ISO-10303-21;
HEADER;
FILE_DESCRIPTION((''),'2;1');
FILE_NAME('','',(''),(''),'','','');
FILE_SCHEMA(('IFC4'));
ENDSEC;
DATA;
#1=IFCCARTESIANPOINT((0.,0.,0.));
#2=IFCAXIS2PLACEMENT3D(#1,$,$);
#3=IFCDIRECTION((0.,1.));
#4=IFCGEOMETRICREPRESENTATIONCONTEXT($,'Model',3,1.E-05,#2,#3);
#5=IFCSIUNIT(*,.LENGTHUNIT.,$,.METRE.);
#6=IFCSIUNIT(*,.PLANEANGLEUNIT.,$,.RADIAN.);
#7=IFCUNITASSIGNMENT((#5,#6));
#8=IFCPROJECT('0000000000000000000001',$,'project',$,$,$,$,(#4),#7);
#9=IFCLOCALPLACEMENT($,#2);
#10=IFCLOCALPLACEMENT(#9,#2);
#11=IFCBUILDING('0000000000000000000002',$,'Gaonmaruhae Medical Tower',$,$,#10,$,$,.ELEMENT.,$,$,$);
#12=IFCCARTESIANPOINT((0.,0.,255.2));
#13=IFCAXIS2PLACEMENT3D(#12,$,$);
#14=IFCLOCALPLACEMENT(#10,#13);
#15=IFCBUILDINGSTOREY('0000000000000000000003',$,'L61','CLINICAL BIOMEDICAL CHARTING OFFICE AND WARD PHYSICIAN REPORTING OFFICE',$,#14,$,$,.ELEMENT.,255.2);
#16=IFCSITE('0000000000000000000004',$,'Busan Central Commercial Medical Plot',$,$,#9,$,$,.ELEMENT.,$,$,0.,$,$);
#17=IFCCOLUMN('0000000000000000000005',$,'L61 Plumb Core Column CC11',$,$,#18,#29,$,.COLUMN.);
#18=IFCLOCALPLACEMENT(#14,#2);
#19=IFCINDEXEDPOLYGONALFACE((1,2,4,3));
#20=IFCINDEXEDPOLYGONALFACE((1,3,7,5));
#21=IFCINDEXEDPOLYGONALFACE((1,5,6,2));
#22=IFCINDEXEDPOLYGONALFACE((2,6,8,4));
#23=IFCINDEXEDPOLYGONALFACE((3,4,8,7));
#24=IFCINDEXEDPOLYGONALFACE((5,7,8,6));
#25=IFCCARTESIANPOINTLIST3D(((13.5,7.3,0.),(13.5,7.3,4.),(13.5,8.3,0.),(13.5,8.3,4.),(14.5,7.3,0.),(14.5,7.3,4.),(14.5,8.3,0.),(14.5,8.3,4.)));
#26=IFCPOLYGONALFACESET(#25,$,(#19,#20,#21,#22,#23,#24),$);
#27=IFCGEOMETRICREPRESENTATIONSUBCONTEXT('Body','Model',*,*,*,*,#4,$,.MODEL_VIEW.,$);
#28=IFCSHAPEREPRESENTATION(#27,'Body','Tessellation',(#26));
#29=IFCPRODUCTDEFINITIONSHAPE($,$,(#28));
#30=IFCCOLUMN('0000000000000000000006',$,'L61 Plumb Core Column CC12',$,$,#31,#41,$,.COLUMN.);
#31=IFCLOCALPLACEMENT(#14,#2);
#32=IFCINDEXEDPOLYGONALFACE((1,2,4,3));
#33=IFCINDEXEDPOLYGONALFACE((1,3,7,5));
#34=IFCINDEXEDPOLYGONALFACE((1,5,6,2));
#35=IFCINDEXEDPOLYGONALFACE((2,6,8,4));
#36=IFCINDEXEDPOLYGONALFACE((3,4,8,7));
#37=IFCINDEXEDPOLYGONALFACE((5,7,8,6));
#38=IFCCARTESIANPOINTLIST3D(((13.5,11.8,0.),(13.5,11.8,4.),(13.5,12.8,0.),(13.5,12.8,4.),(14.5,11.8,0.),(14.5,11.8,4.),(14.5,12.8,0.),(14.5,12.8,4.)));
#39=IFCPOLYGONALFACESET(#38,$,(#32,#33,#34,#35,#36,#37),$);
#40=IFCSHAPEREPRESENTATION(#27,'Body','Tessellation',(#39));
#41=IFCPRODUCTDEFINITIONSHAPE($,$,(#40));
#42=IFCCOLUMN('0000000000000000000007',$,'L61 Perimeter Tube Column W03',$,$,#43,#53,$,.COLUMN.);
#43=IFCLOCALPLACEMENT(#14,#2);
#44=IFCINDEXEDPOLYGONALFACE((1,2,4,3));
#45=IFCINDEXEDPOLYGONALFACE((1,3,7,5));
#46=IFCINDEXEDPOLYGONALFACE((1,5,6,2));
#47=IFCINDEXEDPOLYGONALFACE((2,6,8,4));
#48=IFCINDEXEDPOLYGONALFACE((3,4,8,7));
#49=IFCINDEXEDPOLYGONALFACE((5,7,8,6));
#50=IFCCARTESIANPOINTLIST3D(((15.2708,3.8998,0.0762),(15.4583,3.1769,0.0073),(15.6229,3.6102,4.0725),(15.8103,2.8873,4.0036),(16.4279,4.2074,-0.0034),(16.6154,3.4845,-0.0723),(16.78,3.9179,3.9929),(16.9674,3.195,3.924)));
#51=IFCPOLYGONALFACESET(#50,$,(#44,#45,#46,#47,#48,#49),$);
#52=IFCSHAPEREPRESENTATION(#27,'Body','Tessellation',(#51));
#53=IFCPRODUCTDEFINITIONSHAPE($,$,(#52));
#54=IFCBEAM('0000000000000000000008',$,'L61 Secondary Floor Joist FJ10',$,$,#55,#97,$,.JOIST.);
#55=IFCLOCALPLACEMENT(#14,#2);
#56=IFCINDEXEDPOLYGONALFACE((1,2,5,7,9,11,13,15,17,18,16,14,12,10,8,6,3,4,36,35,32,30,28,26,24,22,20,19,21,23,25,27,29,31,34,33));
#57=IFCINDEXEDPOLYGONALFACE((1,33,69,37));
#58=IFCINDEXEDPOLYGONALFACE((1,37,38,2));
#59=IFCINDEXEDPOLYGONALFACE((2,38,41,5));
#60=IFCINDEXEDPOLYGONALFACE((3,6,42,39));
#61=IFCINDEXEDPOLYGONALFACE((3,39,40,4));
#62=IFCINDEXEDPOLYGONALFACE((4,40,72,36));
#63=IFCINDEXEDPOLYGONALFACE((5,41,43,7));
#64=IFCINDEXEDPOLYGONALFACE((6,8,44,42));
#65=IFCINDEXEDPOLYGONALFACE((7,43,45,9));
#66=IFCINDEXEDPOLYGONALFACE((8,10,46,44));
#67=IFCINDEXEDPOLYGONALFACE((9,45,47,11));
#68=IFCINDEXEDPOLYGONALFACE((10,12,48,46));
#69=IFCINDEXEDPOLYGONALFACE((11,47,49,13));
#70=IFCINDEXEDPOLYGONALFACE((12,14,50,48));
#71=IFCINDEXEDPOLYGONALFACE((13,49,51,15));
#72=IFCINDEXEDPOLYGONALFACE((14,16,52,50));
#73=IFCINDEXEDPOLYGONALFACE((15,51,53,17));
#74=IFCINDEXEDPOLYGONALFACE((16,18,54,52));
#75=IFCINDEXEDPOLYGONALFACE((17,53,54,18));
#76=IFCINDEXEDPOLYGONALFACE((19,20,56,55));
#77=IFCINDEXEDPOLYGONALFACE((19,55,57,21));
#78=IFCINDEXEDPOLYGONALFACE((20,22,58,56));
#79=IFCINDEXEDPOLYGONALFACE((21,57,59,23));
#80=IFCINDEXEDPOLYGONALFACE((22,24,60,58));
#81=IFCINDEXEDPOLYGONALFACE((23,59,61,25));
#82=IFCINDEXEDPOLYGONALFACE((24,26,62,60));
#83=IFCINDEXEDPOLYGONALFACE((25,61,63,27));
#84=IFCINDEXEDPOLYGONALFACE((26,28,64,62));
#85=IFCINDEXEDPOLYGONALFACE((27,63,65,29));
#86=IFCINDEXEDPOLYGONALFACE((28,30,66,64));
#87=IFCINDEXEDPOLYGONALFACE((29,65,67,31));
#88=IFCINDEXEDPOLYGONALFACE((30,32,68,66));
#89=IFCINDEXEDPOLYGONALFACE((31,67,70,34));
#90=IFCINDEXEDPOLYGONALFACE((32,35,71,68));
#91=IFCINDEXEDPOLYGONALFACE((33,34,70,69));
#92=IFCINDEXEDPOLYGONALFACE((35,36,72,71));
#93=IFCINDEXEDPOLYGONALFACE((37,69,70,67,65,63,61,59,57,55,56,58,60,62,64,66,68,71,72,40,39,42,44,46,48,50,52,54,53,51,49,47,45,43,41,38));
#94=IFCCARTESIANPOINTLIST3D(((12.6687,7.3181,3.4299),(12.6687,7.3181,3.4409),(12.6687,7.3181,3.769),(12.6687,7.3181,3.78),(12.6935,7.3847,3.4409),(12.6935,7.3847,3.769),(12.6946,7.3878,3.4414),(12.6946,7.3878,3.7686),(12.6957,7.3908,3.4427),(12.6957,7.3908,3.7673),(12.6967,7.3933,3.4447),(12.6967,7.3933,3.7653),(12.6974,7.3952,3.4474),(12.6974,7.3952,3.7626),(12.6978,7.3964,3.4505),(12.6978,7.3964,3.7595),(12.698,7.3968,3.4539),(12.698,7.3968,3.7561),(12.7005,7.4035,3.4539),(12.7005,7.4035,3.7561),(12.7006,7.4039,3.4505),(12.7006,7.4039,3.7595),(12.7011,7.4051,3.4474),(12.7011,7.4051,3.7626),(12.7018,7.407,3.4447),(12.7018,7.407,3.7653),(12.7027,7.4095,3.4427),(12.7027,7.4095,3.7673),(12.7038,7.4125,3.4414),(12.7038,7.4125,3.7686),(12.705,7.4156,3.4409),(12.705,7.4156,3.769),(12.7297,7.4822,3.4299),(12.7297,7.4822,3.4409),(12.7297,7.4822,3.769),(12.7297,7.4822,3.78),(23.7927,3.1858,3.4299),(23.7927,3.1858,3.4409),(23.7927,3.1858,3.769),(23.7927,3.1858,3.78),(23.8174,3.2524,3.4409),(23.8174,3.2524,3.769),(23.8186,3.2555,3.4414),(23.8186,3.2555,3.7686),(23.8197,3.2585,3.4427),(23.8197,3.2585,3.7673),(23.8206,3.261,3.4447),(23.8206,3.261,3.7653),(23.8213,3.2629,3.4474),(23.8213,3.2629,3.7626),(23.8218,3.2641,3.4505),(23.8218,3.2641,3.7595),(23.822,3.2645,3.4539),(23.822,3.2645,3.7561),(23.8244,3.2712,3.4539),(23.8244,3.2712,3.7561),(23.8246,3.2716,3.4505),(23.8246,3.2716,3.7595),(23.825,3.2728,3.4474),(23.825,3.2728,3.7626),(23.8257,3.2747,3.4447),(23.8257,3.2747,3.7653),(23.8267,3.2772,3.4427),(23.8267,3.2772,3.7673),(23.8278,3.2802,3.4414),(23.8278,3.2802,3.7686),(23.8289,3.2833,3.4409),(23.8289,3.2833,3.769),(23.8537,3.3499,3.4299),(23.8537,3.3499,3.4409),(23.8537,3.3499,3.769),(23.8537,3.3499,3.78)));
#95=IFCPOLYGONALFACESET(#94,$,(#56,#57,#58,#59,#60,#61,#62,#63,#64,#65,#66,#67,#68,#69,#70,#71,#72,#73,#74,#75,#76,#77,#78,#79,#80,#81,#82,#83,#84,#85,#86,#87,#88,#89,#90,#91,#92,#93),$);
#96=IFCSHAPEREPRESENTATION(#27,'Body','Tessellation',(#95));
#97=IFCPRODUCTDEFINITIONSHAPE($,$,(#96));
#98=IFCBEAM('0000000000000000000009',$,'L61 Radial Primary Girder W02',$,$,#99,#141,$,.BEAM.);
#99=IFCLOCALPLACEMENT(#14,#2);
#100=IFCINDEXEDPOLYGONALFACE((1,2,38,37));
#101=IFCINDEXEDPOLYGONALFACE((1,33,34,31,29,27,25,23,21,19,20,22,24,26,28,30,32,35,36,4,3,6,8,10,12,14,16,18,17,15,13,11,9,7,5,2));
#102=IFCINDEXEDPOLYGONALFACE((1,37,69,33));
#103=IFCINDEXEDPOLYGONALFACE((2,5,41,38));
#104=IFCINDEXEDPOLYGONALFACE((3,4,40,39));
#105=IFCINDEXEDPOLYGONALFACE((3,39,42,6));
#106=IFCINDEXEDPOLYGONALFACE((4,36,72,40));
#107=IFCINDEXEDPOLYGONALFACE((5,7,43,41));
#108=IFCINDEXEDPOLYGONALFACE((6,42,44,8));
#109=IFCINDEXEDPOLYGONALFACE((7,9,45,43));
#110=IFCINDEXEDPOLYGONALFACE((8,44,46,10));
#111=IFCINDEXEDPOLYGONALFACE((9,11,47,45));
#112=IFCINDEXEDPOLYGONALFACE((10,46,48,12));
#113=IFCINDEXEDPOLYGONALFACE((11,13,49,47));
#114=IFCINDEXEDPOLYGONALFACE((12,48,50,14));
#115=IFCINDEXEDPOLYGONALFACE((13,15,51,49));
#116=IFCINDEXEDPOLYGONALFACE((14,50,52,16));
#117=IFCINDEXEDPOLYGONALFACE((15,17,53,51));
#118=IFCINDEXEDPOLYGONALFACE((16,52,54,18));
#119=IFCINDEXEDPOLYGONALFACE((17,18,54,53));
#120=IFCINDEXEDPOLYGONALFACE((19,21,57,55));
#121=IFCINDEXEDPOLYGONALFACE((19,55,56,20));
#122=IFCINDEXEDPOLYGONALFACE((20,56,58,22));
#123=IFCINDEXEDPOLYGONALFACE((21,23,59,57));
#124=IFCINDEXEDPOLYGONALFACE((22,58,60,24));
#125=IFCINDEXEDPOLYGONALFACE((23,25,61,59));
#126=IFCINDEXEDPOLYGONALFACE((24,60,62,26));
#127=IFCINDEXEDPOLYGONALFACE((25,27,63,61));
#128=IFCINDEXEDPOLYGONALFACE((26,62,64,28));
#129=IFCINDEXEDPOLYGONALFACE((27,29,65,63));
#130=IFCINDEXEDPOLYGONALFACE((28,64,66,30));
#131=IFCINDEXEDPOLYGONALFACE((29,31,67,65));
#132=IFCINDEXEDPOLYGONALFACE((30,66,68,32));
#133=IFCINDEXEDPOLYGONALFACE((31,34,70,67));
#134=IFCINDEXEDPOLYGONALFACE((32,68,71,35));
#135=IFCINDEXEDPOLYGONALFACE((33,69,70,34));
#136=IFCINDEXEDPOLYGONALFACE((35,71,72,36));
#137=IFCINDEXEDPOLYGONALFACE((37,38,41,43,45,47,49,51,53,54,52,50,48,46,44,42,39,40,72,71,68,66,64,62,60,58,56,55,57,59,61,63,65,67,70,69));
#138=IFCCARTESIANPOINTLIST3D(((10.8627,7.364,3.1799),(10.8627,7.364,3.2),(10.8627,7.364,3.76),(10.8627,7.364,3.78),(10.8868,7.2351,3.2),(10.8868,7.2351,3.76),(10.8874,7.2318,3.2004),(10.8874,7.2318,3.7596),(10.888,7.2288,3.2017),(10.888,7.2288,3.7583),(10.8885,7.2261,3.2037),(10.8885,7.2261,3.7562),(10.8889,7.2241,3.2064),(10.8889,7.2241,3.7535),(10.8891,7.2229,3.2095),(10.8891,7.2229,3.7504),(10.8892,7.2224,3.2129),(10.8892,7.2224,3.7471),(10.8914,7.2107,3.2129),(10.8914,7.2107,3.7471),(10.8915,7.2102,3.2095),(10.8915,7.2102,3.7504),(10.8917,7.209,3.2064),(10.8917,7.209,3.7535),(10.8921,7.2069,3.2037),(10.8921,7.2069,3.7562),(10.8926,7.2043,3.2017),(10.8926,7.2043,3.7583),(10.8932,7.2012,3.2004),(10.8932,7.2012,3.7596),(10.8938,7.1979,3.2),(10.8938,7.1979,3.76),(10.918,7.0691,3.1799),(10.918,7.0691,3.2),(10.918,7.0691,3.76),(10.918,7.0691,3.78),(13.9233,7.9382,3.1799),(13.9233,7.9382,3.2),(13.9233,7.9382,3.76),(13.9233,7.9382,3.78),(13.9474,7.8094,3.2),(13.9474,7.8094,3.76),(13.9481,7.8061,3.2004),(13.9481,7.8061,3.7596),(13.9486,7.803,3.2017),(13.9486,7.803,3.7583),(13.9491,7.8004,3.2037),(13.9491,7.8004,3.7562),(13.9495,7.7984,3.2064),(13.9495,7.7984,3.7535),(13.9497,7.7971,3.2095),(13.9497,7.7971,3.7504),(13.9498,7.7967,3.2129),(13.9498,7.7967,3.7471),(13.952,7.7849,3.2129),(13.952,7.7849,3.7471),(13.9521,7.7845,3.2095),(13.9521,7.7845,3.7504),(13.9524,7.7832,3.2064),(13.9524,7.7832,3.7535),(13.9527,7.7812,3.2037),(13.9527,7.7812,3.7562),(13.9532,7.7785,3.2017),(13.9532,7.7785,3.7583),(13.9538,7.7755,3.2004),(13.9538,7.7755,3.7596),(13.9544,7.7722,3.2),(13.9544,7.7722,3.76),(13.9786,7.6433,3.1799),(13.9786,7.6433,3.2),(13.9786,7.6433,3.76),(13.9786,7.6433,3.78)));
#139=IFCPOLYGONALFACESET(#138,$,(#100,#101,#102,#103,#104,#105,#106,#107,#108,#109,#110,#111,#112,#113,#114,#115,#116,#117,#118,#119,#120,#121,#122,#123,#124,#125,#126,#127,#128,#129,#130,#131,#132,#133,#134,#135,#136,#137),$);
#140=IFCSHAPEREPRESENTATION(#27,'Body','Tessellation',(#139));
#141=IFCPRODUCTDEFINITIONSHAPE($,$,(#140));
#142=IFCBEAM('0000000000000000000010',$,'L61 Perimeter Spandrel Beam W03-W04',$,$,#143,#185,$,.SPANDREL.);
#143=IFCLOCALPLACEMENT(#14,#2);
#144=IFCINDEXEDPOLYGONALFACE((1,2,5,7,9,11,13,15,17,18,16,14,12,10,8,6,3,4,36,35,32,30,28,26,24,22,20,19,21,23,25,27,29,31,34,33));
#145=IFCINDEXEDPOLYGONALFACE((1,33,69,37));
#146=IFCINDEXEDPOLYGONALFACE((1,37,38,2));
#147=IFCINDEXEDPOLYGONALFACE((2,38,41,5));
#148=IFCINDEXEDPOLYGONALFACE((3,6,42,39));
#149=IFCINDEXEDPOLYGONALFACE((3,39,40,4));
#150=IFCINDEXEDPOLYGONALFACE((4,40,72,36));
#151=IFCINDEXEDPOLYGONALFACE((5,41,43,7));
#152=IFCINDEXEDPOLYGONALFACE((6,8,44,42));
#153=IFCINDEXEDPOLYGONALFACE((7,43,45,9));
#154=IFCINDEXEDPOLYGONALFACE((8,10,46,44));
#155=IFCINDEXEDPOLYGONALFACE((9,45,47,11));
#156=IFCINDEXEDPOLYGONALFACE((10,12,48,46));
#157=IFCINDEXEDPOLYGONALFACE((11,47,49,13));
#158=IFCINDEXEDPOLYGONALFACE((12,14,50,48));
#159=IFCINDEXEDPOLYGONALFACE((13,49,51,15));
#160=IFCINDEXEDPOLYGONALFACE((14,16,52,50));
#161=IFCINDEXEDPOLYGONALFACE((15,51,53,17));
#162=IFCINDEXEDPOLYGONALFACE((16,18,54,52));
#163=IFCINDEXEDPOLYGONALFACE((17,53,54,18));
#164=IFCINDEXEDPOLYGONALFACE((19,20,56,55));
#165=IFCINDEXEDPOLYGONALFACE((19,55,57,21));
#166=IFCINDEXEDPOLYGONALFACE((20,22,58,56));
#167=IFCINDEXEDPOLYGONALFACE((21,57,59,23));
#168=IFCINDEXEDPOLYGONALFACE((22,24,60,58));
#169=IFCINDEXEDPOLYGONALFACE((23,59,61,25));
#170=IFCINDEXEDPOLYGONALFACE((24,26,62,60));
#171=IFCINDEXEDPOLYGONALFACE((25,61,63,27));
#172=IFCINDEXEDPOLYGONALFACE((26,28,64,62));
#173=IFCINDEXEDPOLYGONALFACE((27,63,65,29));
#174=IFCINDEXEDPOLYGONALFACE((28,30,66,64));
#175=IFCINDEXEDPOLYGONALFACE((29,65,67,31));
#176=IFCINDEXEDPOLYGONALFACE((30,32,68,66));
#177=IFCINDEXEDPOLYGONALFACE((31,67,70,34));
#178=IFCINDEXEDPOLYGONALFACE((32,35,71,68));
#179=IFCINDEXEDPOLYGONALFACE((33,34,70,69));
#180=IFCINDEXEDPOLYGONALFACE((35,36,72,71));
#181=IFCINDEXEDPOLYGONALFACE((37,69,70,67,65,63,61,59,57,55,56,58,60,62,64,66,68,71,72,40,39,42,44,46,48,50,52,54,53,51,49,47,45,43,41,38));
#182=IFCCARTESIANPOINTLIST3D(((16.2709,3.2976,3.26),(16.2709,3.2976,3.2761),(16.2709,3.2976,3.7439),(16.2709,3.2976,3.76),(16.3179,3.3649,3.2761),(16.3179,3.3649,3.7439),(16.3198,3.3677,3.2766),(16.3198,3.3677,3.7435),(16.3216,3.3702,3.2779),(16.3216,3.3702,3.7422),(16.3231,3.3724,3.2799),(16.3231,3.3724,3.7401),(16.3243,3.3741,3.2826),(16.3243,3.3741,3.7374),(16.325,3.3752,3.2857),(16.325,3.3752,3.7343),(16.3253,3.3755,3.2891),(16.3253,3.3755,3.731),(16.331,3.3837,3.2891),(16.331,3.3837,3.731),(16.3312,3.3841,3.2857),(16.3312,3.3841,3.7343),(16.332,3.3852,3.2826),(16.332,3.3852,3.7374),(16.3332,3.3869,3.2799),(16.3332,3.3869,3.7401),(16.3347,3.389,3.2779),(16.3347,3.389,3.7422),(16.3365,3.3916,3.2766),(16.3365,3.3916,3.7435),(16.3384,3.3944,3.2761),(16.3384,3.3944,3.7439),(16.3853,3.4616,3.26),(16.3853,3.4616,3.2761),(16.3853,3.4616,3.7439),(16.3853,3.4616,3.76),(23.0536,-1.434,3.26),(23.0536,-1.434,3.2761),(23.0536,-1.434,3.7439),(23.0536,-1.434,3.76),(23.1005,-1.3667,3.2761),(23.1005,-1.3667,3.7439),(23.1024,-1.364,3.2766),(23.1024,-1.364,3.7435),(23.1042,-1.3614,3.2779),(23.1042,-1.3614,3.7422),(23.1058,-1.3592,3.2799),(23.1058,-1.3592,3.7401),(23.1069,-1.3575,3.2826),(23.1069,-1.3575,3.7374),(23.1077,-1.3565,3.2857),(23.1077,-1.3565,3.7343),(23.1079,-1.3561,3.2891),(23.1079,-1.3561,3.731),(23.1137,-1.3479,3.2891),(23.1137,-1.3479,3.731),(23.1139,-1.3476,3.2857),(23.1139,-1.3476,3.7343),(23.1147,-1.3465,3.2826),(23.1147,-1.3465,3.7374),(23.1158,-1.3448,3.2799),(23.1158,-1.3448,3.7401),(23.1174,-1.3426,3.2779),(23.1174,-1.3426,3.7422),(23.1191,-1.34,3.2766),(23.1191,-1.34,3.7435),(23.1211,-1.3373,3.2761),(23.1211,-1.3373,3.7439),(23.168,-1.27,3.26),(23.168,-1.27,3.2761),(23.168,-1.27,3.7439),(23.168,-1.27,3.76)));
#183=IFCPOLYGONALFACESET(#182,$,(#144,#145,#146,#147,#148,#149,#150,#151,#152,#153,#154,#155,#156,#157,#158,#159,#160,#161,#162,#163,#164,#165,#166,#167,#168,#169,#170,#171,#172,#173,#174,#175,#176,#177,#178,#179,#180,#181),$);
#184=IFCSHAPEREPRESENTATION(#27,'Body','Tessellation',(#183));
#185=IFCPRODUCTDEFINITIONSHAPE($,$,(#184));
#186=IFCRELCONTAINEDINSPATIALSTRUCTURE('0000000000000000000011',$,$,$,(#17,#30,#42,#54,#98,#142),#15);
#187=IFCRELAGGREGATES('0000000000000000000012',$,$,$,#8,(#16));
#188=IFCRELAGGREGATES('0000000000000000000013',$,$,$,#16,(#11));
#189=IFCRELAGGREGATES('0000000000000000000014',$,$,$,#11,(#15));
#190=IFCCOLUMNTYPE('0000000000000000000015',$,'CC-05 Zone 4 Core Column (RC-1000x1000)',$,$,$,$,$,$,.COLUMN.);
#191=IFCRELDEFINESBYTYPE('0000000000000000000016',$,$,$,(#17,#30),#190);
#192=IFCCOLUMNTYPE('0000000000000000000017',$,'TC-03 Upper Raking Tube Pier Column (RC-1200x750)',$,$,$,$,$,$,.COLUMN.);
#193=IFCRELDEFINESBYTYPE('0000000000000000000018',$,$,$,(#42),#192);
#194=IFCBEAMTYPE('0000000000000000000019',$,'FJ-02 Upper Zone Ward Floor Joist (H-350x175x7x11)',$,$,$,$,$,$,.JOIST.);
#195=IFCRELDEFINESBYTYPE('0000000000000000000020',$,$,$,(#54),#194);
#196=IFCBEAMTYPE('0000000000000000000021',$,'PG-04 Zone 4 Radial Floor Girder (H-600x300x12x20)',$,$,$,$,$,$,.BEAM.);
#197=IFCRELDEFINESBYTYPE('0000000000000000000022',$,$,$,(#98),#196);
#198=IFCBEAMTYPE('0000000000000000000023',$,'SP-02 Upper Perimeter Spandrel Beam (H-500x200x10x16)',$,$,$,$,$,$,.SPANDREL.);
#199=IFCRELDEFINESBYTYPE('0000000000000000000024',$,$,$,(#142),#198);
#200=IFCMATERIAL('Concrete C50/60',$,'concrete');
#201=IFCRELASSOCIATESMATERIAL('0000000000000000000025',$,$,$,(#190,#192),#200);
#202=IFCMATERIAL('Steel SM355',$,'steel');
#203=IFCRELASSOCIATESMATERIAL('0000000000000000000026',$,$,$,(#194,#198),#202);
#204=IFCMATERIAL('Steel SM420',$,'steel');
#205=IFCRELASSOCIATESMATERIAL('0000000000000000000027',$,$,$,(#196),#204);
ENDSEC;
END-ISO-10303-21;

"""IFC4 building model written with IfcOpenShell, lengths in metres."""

from ifc_helpers import new_model, si_unit, direction, frame, origin, origin_2d, place, context, subcontext, project, spatial, rectangle, i_section, extrude, material, material_profile, profile_set, type_object, element, save


model = new_model("IFC4")

# Units and contexts
model_context = context("Model", 3, precision=1e-05, world=origin(), true_north=direction((0.0, 1.0)))
body_context = subcontext(model_context, "Body", "Model", "MODEL_VIEW")
ifc_project = project(units=[si_unit("LENGTHUNIT", "METRE"), si_unit("PLANEANGLEUNIT", "RADIAN")], contexts=[model_context])

# Site, building, storey
site_placement = place(None, origin())
site = spatial("IfcSite", under=ifc_project, at=site_placement, Name="Busan Central Commercial Medical Plot", CompositionType="ELEMENT", RefElevation=0.0)
building_placement = place(site_placement, origin())
building = spatial("IfcBuilding", under=site, at=building_placement, Name="Gaonmaruhae Medical Tower", CompositionType="ELEMENT")
storey_placement = place(building_placement, frame((0.0, 0.0, 255.2)))
storey = spatial("IfcBuildingStorey", under=building, at=storey_placement, Name="L61", Description="CLINICAL BIOMEDICAL CHARTING OFFICE AND WARD PHYSICIAN REPORTING OFFICE", CompositionType="ELEMENT", Elevation=255.2)

# Columns
ifc_material_1 = material(Name="Concrete C50/60", Category="concrete")
ifc_material_profile_1 = material_profile(ifc_material_1, rectangle(XDim=1.0, YDim=1.0, at=origin_2d()), Name="RC-1000x1000")
ifc_profile_set_1 = profile_set([ifc_material_profile_1], Name="Concrete C50/60")
column_type_1 = type_object("IfcColumnType", Name="CC-05 Zone 4 Core Column (RC-1000x1000)", PredefinedType="COLUMN", material=ifc_profile_set_1)
for number, where, z_axis, x_axis, name in (
    (1, (14.0, 7.8, 0.0), (0.0, 0.0, 1.0), (1.0, 0.0, 0.0), "L61 Plumb Core Column CC11"),
    (2, (14.0, 12.3, 0.0), (0.0, 0.0, 1.0), (1.0, 0.0, 0.0), "L61 Plumb Core Column CC12"),
):
    element("IfcColumn", number, at=place(storey_placement, frame(where, z_axis=z_axis, x_axis=x_axis)), inside=storey, type_object=column_type_1, Name=name, PredefinedType="COLUMN", context=body_context, shape_type="SweptSolid", body=[
        extrude(rectangle(XDim=1.0, YDim=1.0, at=origin_2d()), origin(), (0.0, 0.0, 1.0), 4.0),
    ])
ifc_material_profile_2 = material_profile(ifc_material_1, rectangle(XDim=1.2, YDim=0.75, at=origin_2d()), Name="RC-1200x750")
ifc_profile_set_2 = profile_set([ifc_material_profile_2], Name="Concrete C50/60")
column_type_2 = type_object("IfcColumnType", Name="TC-03 Upper Raking Tube Pier Column (RC-1200x750)", PredefinedType="COLUMN", material=ifc_profile_set_2)
column_placement = place(storey_placement, frame((15.9431, 3.6921, 0.002), z_axis=(0.087526, -0.071987, 0.993558), x_axis=(-0.964293, -0.256387, 0.066371)))
element("IfcColumn", 3, at=column_placement, inside=storey, type_object=column_type_2, Name="L61 Perimeter Tube Column W03", PredefinedType="COLUMN", context=body_context, shape_type="SweptSolid", body=[
    extrude(rectangle(XDim=1.2, YDim=0.75, at=origin_2d()), origin(), (0.0, 0.0, 1.0), 4.0222),
])

# Beams
ifc_material_2 = material(Name="Steel SM355", Category="steel")
ifc_material_profile_3 = material_profile(ifc_material_2, i_section(OverallWidth=0.175, OverallDepth=0.3501, WebThickness=0.0071, FlangeThickness=0.011, FilletRadius=0.0129, at=origin_2d()), Name="H-350x175x7x11")
ifc_profile_set_3 = profile_set([ifc_material_profile_3], Name="Steel SM355")
beam_type_1 = type_object("IfcBeamType", Name="FJ-02 Upper Zone Ward Floor Joist (H-350x175x7x11)", PredefinedType="JOIST", material=ifc_profile_set_3)
beam_1_placement = place(storey_placement, frame((12.6992, 7.4001, 3.605), z_axis=(0.93741, -0.348227, 0.0), x_axis=(0.348227, 0.93741, 0.0)))
element("IfcBeam", 4, at=beam_1_placement, inside=storey, type_object=beam_type_1, Name="L61 Secondary Floor Joist FJ10", PredefinedType="JOIST", context=body_context, shape_type="SweptSolid", body=[
    extrude(i_section(OverallWidth=0.175, OverallDepth=0.3501, WebThickness=0.0071, FlangeThickness=0.011, FilletRadius=0.0129, at=origin_2d()), origin(), (0.0, 0.0, 1.0), 11.8667),
])
ifc_material_3 = material(Name="Steel SM420", Category="steel")
ifc_material_profile_4 = material_profile(ifc_material_3, i_section(OverallWidth=0.3, OverallDepth=0.6001, WebThickness=0.012, FlangeThickness=0.02, FilletRadius=0.0129, at=origin_2d()), Name="H-600x300x12x20")
ifc_profile_set_4 = profile_set([ifc_material_profile_4], Name="Steel SM420")
beam_type_2 = type_object("IfcBeamType", Name="PG-04 Zone 4 Radial Floor Girder (H-600x300x12x20)", PredefinedType="BEAM", material=ifc_profile_set_4)
beam_2_placement = place(storey_placement, frame((13.9509, 7.7908, 3.48), z_axis=(-0.982851, -0.184402, 0.0), x_axis=(0.184402, -0.982851, 0.0)))
element("IfcBeam", 5, at=beam_2_placement, inside=storey, type_object=beam_type_2, Name="L61 Radial Primary Girder W02", PredefinedType="BEAM", context=body_context, shape_type="SweptSolid", body=[
    extrude(i_section(OverallWidth=0.3, OverallDepth=0.6001, WebThickness=0.012, FlangeThickness=0.02, FilletRadius=0.0129, at=origin_2d()), origin(), (0.0, 0.0, 1.0), 3.114),
])
ifc_material_profile_5 = material_profile(ifc_material_2, i_section(OverallWidth=0.2, OverallDepth=0.5, WebThickness=0.01, FlangeThickness=0.0161, FilletRadius=0.0129, at=origin_2d()), Name="H-500x200x10x16")
ifc_profile_set_5 = profile_set([ifc_material_profile_5], Name="Steel SM355")
beam_type_3 = type_object("IfcBeamType", Name="SP-02 Upper Perimeter Spandrel Beam (H-500x200x10x16)", PredefinedType="SPANDREL", material=ifc_profile_set_5)
beam_3_placement = place(storey_placement, frame((16.3281, 3.3796, 3.51), z_axis=(0.820152, -0.572146, 0.0), x_axis=(0.572146, 0.820152, 0.0)))
element("IfcBeam", 6, at=beam_3_placement, inside=storey, type_object=beam_type_3, Name="L61 Perimeter Spandrel Beam W03-W04", PredefinedType="SPANDREL", context=body_context, shape_type="SweptSolid", body=[
    extrude(i_section(OverallWidth=0.2, OverallDepth=0.5, WebThickness=0.01, FlangeThickness=0.0161, FilletRadius=0.0129, at=origin_2d()), origin(), (0.0, 0.0, 1.0), 8.27),
])

save(model, "model.ifc")
